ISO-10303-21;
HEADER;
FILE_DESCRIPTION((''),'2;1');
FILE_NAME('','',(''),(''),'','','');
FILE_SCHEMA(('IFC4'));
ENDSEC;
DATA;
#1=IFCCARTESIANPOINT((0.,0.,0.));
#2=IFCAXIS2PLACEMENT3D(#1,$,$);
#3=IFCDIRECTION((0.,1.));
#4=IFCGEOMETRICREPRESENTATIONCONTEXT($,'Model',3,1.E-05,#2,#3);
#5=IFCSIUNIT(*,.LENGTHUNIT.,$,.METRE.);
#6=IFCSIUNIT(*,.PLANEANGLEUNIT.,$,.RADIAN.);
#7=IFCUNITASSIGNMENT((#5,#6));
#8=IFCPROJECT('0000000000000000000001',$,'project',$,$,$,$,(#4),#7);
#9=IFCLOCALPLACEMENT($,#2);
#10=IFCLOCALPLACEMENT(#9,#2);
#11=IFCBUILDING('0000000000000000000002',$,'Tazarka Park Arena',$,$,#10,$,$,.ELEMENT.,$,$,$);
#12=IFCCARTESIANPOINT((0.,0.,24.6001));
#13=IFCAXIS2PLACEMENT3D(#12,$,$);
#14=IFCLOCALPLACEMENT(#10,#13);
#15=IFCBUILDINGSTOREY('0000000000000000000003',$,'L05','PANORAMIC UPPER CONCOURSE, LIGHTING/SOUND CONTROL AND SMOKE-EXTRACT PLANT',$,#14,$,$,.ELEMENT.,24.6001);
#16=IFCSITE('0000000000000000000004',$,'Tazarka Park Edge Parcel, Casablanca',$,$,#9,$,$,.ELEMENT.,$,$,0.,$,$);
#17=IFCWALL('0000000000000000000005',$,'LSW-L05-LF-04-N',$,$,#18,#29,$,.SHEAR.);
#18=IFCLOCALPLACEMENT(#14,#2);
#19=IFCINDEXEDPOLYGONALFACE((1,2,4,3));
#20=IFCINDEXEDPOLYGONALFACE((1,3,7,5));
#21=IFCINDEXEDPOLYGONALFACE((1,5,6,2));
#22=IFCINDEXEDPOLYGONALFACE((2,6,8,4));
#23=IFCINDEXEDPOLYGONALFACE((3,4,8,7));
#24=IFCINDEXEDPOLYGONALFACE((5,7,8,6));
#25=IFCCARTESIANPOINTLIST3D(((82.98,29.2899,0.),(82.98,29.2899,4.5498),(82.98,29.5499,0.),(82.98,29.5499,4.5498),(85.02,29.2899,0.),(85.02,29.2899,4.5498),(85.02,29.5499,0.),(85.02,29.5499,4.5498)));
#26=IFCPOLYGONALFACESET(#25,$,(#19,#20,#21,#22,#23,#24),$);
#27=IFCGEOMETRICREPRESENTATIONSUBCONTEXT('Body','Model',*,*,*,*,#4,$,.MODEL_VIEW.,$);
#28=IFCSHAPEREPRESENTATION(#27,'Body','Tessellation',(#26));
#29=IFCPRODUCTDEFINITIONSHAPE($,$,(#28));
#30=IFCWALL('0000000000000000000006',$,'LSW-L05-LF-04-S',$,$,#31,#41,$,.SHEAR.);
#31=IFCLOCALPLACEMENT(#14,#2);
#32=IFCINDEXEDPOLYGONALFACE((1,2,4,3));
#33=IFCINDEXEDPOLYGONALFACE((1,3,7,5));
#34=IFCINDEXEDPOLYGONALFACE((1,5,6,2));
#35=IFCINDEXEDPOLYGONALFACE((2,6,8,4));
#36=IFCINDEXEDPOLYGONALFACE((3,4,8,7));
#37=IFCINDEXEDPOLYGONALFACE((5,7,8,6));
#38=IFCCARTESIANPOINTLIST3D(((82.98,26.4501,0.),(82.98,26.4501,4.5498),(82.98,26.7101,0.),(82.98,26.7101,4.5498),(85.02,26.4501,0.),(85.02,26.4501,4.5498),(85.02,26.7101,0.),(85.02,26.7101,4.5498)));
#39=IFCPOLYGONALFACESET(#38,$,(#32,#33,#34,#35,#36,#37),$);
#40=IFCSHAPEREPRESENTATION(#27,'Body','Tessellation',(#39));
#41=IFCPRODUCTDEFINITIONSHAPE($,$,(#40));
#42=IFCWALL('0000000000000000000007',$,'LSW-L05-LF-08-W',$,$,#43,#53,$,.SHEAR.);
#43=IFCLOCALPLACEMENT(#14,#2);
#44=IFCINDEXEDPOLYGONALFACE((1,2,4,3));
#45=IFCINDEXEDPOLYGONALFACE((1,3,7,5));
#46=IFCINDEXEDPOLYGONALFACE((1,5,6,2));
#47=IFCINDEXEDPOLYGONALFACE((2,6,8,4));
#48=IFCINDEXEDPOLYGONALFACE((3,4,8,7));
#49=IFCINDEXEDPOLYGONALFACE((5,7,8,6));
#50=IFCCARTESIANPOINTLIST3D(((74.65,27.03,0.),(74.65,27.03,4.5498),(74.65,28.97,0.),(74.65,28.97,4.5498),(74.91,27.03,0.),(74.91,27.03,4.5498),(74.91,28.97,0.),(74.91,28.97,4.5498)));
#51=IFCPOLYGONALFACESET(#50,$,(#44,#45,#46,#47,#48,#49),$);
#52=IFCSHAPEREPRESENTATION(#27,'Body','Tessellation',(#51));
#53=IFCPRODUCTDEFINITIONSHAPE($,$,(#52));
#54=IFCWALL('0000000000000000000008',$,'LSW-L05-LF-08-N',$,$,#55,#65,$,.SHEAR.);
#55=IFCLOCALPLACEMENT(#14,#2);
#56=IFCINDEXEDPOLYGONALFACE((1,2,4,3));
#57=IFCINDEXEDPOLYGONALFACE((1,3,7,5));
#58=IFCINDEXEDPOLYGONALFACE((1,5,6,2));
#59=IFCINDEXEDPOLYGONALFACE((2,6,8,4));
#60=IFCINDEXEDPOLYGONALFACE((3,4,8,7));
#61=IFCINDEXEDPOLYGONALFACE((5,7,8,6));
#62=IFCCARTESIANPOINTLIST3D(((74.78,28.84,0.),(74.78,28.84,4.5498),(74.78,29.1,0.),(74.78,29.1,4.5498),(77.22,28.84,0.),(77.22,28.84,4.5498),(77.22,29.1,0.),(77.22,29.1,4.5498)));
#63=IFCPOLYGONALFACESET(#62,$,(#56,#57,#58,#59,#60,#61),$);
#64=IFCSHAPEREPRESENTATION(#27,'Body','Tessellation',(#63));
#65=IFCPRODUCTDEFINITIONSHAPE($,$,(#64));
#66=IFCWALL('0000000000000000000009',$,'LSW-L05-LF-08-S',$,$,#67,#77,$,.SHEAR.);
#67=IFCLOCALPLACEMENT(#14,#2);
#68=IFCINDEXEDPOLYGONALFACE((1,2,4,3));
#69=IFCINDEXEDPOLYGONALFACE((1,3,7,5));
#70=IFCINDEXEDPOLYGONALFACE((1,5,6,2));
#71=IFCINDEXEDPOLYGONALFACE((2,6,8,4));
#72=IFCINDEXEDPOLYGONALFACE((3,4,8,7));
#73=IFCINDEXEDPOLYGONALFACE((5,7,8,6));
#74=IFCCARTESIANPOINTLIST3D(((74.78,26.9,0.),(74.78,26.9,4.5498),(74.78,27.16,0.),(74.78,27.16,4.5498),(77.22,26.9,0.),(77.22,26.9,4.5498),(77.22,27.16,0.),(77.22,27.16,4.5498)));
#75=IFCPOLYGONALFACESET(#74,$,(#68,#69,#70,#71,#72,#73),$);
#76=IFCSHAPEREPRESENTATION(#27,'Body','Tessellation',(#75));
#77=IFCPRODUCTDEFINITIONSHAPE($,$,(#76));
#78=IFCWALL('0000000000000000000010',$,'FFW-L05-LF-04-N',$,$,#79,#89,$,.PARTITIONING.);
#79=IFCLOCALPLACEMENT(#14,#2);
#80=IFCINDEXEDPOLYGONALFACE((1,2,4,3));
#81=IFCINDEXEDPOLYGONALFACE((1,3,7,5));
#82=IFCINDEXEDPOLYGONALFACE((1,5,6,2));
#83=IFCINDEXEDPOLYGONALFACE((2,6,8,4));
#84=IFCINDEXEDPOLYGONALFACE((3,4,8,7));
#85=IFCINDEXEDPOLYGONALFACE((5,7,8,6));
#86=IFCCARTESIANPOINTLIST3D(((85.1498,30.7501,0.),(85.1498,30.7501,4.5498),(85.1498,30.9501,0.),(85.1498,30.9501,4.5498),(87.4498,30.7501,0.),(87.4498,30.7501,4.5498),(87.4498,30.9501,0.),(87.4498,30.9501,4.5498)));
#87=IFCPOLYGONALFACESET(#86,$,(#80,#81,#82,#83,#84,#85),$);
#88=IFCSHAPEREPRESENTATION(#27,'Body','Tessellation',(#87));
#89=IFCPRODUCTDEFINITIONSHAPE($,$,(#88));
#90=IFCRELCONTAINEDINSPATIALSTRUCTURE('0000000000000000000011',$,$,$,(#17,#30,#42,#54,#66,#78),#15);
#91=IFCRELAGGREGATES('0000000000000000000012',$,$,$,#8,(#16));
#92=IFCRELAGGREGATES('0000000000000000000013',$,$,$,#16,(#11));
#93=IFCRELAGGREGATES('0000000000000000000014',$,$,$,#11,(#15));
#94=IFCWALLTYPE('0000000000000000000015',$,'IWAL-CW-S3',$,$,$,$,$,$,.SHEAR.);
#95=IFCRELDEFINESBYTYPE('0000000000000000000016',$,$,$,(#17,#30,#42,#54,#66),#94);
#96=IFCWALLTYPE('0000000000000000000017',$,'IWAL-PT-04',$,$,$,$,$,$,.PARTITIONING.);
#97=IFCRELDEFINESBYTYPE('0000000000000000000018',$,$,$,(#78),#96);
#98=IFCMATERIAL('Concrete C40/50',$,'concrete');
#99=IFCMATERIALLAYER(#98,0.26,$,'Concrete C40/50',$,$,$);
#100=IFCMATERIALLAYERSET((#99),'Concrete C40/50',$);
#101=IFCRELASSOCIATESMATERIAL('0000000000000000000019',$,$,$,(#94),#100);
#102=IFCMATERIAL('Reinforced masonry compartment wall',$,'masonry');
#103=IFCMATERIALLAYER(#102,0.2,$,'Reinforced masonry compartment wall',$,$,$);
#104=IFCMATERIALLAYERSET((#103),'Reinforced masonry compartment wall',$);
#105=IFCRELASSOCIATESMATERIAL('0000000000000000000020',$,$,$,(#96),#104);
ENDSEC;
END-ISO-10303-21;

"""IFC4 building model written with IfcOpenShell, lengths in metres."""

from ifc_helpers import new_model, si_unit, direction, frame, frame_2d, origin, place, context, subcontext, project, spatial, rectangle, extrude, material, layer, layer_set, type_object, element, save


model = new_model("IFC4")

# Units and contexts
model_context = context("Model", 3, precision=1e-05, world=origin(), true_north=direction((0.0, 1.0)))
body_context = subcontext(model_context, "Body", "Model", "MODEL_VIEW")
ifc_project = project(units=[si_unit("LENGTHUNIT", "METRE"), si_unit("PLANEANGLEUNIT", "RADIAN")], contexts=[model_context])

# Site, building, storey
site_placement = place(None, origin())
site = spatial("IfcSite", under=ifc_project, at=site_placement, Name="Tazarka Park Edge Parcel, Casablanca", CompositionType="ELEMENT", RefElevation=0.0)
building_placement = place(site_placement, origin())
building = spatial("IfcBuilding", under=site, at=building_placement, Name="Tazarka Park Arena", CompositionType="ELEMENT")
storey_placement = place(building_placement, frame((0.0, 0.0, 24.6001)))
storey = spatial("IfcBuildingStorey", under=building, at=storey_placement, Name="L05", Description="PANORAMIC UPPER CONCOURSE, LIGHTING/SOUND CONTROL AND SMOKE-EXTRACT PLANT", CompositionType="ELEMENT", Elevation=24.6001)

# Walls
ifc_material_1 = material(Name="Concrete C40/50", Category="concrete")
ifc_layer_1 = layer(ifc_material_1, 0.26, Name="Concrete C40/50")
ifc_layer_set_1 = layer_set([ifc_layer_1], Name="Concrete C40/50")
wall_type_1 = type_object("IfcWallType", Name="IWAL-CW-S3", PredefinedType="SHEAR", material=ifc_layer_set_1)
for number, where, z_axis, x_axis, name in (
    (1, (82.98, 29.4199, 0.0), (0.0, 0.0, 1.0), (1.0, 0.0, 0.0), "LSW-L05-LF-04-N"),
    (2, (85.02, 26.5801, 0.0), (0.0, 0.0, 1.0), (-1.0, 0.0, 0.0), "LSW-L05-LF-04-S"),
):
    element("IfcWall", number, at=place(storey_placement, frame(where, z_axis=z_axis, x_axis=x_axis)), inside=storey, type_object=wall_type_1, Name=name, PredefinedType="SHEAR", context=body_context, shape_type="SweptSolid", body=[
        extrude(rectangle(XDim=2.04, YDim=0.26, at=frame_2d((1.02, 0.0))), origin(), (0.0, 0.0, 1.0), 4.5498),
    ])

# Walls
wall_1_placement = place(storey_placement, frame((74.78, 27.03, 0.0), z_axis=(0.0, 0.0, 1.0), x_axis=(0.0, 1.0, 0.0)))
element("IfcWall", 3, at=wall_1_placement, inside=storey, type_object=wall_type_1, Name="LSW-L05-LF-08-W", PredefinedType="SHEAR", context=body_context, shape_type="SweptSolid", body=[
    extrude(rectangle(XDim=1.9399, YDim=0.26, at=frame_2d((0.97, 0.0))), origin(), (0.0, 0.0, 1.0), 4.5498),
])
for number, where, z_axis, x_axis, name in (
    (4, (74.78, 28.97, 0.0), (0.0, 0.0, 1.0), (1.0, 0.0, 0.0), "LSW-L05-LF-08-N"),
    (5, (77.22, 27.03, 0.0), (0.0, 0.0, 1.0), (-1.0, 0.0, 0.0), "LSW-L05-LF-08-S"),
):
    element("IfcWall", number, at=place(storey_placement, frame(where, z_axis=z_axis, x_axis=x_axis)), inside=storey, type_object=wall_type_1, Name=name, PredefinedType="SHEAR", context=body_context, shape_type="SweptSolid", body=[
        extrude(rectangle(XDim=2.4399, YDim=0.26, at=frame_2d((1.22, 0.0))), origin(), (0.0, 0.0, 1.0), 4.5498),
    ])

# Wall
ifc_material_2 = material(Name="Reinforced masonry compartment wall", Category="masonry")
ifc_layer_2 = layer(ifc_material_2, 0.2, Name="Reinforced masonry compartment wall")
ifc_layer_set_2 = layer_set([ifc_layer_2], Name="Reinforced masonry compartment wall")
wall_type_2 = type_object("IfcWallType", Name="IWAL-PT-04", PredefinedType="PARTITIONING", material=ifc_layer_set_2)
wall_2_placement = place(storey_placement, frame((85.1499, 30.8501, 0.0), z_axis=(0.0, 0.0, 1.0), x_axis=(1.0, 0.0, 0.0)))
element("IfcWall", 6, at=wall_2_placement, inside=storey, type_object=wall_type_2, Name="FFW-L05-LF-04-N", PredefinedType="PARTITIONING", context=body_context, shape_type="SweptSolid", body=[
    extrude(rectangle(XDim=2.3, YDim=0.2, at=frame_2d((1.1499, 0.0))), origin(), (0.0, 0.0, 1.0), 4.5498),
])

save(model, "model.ifc")
